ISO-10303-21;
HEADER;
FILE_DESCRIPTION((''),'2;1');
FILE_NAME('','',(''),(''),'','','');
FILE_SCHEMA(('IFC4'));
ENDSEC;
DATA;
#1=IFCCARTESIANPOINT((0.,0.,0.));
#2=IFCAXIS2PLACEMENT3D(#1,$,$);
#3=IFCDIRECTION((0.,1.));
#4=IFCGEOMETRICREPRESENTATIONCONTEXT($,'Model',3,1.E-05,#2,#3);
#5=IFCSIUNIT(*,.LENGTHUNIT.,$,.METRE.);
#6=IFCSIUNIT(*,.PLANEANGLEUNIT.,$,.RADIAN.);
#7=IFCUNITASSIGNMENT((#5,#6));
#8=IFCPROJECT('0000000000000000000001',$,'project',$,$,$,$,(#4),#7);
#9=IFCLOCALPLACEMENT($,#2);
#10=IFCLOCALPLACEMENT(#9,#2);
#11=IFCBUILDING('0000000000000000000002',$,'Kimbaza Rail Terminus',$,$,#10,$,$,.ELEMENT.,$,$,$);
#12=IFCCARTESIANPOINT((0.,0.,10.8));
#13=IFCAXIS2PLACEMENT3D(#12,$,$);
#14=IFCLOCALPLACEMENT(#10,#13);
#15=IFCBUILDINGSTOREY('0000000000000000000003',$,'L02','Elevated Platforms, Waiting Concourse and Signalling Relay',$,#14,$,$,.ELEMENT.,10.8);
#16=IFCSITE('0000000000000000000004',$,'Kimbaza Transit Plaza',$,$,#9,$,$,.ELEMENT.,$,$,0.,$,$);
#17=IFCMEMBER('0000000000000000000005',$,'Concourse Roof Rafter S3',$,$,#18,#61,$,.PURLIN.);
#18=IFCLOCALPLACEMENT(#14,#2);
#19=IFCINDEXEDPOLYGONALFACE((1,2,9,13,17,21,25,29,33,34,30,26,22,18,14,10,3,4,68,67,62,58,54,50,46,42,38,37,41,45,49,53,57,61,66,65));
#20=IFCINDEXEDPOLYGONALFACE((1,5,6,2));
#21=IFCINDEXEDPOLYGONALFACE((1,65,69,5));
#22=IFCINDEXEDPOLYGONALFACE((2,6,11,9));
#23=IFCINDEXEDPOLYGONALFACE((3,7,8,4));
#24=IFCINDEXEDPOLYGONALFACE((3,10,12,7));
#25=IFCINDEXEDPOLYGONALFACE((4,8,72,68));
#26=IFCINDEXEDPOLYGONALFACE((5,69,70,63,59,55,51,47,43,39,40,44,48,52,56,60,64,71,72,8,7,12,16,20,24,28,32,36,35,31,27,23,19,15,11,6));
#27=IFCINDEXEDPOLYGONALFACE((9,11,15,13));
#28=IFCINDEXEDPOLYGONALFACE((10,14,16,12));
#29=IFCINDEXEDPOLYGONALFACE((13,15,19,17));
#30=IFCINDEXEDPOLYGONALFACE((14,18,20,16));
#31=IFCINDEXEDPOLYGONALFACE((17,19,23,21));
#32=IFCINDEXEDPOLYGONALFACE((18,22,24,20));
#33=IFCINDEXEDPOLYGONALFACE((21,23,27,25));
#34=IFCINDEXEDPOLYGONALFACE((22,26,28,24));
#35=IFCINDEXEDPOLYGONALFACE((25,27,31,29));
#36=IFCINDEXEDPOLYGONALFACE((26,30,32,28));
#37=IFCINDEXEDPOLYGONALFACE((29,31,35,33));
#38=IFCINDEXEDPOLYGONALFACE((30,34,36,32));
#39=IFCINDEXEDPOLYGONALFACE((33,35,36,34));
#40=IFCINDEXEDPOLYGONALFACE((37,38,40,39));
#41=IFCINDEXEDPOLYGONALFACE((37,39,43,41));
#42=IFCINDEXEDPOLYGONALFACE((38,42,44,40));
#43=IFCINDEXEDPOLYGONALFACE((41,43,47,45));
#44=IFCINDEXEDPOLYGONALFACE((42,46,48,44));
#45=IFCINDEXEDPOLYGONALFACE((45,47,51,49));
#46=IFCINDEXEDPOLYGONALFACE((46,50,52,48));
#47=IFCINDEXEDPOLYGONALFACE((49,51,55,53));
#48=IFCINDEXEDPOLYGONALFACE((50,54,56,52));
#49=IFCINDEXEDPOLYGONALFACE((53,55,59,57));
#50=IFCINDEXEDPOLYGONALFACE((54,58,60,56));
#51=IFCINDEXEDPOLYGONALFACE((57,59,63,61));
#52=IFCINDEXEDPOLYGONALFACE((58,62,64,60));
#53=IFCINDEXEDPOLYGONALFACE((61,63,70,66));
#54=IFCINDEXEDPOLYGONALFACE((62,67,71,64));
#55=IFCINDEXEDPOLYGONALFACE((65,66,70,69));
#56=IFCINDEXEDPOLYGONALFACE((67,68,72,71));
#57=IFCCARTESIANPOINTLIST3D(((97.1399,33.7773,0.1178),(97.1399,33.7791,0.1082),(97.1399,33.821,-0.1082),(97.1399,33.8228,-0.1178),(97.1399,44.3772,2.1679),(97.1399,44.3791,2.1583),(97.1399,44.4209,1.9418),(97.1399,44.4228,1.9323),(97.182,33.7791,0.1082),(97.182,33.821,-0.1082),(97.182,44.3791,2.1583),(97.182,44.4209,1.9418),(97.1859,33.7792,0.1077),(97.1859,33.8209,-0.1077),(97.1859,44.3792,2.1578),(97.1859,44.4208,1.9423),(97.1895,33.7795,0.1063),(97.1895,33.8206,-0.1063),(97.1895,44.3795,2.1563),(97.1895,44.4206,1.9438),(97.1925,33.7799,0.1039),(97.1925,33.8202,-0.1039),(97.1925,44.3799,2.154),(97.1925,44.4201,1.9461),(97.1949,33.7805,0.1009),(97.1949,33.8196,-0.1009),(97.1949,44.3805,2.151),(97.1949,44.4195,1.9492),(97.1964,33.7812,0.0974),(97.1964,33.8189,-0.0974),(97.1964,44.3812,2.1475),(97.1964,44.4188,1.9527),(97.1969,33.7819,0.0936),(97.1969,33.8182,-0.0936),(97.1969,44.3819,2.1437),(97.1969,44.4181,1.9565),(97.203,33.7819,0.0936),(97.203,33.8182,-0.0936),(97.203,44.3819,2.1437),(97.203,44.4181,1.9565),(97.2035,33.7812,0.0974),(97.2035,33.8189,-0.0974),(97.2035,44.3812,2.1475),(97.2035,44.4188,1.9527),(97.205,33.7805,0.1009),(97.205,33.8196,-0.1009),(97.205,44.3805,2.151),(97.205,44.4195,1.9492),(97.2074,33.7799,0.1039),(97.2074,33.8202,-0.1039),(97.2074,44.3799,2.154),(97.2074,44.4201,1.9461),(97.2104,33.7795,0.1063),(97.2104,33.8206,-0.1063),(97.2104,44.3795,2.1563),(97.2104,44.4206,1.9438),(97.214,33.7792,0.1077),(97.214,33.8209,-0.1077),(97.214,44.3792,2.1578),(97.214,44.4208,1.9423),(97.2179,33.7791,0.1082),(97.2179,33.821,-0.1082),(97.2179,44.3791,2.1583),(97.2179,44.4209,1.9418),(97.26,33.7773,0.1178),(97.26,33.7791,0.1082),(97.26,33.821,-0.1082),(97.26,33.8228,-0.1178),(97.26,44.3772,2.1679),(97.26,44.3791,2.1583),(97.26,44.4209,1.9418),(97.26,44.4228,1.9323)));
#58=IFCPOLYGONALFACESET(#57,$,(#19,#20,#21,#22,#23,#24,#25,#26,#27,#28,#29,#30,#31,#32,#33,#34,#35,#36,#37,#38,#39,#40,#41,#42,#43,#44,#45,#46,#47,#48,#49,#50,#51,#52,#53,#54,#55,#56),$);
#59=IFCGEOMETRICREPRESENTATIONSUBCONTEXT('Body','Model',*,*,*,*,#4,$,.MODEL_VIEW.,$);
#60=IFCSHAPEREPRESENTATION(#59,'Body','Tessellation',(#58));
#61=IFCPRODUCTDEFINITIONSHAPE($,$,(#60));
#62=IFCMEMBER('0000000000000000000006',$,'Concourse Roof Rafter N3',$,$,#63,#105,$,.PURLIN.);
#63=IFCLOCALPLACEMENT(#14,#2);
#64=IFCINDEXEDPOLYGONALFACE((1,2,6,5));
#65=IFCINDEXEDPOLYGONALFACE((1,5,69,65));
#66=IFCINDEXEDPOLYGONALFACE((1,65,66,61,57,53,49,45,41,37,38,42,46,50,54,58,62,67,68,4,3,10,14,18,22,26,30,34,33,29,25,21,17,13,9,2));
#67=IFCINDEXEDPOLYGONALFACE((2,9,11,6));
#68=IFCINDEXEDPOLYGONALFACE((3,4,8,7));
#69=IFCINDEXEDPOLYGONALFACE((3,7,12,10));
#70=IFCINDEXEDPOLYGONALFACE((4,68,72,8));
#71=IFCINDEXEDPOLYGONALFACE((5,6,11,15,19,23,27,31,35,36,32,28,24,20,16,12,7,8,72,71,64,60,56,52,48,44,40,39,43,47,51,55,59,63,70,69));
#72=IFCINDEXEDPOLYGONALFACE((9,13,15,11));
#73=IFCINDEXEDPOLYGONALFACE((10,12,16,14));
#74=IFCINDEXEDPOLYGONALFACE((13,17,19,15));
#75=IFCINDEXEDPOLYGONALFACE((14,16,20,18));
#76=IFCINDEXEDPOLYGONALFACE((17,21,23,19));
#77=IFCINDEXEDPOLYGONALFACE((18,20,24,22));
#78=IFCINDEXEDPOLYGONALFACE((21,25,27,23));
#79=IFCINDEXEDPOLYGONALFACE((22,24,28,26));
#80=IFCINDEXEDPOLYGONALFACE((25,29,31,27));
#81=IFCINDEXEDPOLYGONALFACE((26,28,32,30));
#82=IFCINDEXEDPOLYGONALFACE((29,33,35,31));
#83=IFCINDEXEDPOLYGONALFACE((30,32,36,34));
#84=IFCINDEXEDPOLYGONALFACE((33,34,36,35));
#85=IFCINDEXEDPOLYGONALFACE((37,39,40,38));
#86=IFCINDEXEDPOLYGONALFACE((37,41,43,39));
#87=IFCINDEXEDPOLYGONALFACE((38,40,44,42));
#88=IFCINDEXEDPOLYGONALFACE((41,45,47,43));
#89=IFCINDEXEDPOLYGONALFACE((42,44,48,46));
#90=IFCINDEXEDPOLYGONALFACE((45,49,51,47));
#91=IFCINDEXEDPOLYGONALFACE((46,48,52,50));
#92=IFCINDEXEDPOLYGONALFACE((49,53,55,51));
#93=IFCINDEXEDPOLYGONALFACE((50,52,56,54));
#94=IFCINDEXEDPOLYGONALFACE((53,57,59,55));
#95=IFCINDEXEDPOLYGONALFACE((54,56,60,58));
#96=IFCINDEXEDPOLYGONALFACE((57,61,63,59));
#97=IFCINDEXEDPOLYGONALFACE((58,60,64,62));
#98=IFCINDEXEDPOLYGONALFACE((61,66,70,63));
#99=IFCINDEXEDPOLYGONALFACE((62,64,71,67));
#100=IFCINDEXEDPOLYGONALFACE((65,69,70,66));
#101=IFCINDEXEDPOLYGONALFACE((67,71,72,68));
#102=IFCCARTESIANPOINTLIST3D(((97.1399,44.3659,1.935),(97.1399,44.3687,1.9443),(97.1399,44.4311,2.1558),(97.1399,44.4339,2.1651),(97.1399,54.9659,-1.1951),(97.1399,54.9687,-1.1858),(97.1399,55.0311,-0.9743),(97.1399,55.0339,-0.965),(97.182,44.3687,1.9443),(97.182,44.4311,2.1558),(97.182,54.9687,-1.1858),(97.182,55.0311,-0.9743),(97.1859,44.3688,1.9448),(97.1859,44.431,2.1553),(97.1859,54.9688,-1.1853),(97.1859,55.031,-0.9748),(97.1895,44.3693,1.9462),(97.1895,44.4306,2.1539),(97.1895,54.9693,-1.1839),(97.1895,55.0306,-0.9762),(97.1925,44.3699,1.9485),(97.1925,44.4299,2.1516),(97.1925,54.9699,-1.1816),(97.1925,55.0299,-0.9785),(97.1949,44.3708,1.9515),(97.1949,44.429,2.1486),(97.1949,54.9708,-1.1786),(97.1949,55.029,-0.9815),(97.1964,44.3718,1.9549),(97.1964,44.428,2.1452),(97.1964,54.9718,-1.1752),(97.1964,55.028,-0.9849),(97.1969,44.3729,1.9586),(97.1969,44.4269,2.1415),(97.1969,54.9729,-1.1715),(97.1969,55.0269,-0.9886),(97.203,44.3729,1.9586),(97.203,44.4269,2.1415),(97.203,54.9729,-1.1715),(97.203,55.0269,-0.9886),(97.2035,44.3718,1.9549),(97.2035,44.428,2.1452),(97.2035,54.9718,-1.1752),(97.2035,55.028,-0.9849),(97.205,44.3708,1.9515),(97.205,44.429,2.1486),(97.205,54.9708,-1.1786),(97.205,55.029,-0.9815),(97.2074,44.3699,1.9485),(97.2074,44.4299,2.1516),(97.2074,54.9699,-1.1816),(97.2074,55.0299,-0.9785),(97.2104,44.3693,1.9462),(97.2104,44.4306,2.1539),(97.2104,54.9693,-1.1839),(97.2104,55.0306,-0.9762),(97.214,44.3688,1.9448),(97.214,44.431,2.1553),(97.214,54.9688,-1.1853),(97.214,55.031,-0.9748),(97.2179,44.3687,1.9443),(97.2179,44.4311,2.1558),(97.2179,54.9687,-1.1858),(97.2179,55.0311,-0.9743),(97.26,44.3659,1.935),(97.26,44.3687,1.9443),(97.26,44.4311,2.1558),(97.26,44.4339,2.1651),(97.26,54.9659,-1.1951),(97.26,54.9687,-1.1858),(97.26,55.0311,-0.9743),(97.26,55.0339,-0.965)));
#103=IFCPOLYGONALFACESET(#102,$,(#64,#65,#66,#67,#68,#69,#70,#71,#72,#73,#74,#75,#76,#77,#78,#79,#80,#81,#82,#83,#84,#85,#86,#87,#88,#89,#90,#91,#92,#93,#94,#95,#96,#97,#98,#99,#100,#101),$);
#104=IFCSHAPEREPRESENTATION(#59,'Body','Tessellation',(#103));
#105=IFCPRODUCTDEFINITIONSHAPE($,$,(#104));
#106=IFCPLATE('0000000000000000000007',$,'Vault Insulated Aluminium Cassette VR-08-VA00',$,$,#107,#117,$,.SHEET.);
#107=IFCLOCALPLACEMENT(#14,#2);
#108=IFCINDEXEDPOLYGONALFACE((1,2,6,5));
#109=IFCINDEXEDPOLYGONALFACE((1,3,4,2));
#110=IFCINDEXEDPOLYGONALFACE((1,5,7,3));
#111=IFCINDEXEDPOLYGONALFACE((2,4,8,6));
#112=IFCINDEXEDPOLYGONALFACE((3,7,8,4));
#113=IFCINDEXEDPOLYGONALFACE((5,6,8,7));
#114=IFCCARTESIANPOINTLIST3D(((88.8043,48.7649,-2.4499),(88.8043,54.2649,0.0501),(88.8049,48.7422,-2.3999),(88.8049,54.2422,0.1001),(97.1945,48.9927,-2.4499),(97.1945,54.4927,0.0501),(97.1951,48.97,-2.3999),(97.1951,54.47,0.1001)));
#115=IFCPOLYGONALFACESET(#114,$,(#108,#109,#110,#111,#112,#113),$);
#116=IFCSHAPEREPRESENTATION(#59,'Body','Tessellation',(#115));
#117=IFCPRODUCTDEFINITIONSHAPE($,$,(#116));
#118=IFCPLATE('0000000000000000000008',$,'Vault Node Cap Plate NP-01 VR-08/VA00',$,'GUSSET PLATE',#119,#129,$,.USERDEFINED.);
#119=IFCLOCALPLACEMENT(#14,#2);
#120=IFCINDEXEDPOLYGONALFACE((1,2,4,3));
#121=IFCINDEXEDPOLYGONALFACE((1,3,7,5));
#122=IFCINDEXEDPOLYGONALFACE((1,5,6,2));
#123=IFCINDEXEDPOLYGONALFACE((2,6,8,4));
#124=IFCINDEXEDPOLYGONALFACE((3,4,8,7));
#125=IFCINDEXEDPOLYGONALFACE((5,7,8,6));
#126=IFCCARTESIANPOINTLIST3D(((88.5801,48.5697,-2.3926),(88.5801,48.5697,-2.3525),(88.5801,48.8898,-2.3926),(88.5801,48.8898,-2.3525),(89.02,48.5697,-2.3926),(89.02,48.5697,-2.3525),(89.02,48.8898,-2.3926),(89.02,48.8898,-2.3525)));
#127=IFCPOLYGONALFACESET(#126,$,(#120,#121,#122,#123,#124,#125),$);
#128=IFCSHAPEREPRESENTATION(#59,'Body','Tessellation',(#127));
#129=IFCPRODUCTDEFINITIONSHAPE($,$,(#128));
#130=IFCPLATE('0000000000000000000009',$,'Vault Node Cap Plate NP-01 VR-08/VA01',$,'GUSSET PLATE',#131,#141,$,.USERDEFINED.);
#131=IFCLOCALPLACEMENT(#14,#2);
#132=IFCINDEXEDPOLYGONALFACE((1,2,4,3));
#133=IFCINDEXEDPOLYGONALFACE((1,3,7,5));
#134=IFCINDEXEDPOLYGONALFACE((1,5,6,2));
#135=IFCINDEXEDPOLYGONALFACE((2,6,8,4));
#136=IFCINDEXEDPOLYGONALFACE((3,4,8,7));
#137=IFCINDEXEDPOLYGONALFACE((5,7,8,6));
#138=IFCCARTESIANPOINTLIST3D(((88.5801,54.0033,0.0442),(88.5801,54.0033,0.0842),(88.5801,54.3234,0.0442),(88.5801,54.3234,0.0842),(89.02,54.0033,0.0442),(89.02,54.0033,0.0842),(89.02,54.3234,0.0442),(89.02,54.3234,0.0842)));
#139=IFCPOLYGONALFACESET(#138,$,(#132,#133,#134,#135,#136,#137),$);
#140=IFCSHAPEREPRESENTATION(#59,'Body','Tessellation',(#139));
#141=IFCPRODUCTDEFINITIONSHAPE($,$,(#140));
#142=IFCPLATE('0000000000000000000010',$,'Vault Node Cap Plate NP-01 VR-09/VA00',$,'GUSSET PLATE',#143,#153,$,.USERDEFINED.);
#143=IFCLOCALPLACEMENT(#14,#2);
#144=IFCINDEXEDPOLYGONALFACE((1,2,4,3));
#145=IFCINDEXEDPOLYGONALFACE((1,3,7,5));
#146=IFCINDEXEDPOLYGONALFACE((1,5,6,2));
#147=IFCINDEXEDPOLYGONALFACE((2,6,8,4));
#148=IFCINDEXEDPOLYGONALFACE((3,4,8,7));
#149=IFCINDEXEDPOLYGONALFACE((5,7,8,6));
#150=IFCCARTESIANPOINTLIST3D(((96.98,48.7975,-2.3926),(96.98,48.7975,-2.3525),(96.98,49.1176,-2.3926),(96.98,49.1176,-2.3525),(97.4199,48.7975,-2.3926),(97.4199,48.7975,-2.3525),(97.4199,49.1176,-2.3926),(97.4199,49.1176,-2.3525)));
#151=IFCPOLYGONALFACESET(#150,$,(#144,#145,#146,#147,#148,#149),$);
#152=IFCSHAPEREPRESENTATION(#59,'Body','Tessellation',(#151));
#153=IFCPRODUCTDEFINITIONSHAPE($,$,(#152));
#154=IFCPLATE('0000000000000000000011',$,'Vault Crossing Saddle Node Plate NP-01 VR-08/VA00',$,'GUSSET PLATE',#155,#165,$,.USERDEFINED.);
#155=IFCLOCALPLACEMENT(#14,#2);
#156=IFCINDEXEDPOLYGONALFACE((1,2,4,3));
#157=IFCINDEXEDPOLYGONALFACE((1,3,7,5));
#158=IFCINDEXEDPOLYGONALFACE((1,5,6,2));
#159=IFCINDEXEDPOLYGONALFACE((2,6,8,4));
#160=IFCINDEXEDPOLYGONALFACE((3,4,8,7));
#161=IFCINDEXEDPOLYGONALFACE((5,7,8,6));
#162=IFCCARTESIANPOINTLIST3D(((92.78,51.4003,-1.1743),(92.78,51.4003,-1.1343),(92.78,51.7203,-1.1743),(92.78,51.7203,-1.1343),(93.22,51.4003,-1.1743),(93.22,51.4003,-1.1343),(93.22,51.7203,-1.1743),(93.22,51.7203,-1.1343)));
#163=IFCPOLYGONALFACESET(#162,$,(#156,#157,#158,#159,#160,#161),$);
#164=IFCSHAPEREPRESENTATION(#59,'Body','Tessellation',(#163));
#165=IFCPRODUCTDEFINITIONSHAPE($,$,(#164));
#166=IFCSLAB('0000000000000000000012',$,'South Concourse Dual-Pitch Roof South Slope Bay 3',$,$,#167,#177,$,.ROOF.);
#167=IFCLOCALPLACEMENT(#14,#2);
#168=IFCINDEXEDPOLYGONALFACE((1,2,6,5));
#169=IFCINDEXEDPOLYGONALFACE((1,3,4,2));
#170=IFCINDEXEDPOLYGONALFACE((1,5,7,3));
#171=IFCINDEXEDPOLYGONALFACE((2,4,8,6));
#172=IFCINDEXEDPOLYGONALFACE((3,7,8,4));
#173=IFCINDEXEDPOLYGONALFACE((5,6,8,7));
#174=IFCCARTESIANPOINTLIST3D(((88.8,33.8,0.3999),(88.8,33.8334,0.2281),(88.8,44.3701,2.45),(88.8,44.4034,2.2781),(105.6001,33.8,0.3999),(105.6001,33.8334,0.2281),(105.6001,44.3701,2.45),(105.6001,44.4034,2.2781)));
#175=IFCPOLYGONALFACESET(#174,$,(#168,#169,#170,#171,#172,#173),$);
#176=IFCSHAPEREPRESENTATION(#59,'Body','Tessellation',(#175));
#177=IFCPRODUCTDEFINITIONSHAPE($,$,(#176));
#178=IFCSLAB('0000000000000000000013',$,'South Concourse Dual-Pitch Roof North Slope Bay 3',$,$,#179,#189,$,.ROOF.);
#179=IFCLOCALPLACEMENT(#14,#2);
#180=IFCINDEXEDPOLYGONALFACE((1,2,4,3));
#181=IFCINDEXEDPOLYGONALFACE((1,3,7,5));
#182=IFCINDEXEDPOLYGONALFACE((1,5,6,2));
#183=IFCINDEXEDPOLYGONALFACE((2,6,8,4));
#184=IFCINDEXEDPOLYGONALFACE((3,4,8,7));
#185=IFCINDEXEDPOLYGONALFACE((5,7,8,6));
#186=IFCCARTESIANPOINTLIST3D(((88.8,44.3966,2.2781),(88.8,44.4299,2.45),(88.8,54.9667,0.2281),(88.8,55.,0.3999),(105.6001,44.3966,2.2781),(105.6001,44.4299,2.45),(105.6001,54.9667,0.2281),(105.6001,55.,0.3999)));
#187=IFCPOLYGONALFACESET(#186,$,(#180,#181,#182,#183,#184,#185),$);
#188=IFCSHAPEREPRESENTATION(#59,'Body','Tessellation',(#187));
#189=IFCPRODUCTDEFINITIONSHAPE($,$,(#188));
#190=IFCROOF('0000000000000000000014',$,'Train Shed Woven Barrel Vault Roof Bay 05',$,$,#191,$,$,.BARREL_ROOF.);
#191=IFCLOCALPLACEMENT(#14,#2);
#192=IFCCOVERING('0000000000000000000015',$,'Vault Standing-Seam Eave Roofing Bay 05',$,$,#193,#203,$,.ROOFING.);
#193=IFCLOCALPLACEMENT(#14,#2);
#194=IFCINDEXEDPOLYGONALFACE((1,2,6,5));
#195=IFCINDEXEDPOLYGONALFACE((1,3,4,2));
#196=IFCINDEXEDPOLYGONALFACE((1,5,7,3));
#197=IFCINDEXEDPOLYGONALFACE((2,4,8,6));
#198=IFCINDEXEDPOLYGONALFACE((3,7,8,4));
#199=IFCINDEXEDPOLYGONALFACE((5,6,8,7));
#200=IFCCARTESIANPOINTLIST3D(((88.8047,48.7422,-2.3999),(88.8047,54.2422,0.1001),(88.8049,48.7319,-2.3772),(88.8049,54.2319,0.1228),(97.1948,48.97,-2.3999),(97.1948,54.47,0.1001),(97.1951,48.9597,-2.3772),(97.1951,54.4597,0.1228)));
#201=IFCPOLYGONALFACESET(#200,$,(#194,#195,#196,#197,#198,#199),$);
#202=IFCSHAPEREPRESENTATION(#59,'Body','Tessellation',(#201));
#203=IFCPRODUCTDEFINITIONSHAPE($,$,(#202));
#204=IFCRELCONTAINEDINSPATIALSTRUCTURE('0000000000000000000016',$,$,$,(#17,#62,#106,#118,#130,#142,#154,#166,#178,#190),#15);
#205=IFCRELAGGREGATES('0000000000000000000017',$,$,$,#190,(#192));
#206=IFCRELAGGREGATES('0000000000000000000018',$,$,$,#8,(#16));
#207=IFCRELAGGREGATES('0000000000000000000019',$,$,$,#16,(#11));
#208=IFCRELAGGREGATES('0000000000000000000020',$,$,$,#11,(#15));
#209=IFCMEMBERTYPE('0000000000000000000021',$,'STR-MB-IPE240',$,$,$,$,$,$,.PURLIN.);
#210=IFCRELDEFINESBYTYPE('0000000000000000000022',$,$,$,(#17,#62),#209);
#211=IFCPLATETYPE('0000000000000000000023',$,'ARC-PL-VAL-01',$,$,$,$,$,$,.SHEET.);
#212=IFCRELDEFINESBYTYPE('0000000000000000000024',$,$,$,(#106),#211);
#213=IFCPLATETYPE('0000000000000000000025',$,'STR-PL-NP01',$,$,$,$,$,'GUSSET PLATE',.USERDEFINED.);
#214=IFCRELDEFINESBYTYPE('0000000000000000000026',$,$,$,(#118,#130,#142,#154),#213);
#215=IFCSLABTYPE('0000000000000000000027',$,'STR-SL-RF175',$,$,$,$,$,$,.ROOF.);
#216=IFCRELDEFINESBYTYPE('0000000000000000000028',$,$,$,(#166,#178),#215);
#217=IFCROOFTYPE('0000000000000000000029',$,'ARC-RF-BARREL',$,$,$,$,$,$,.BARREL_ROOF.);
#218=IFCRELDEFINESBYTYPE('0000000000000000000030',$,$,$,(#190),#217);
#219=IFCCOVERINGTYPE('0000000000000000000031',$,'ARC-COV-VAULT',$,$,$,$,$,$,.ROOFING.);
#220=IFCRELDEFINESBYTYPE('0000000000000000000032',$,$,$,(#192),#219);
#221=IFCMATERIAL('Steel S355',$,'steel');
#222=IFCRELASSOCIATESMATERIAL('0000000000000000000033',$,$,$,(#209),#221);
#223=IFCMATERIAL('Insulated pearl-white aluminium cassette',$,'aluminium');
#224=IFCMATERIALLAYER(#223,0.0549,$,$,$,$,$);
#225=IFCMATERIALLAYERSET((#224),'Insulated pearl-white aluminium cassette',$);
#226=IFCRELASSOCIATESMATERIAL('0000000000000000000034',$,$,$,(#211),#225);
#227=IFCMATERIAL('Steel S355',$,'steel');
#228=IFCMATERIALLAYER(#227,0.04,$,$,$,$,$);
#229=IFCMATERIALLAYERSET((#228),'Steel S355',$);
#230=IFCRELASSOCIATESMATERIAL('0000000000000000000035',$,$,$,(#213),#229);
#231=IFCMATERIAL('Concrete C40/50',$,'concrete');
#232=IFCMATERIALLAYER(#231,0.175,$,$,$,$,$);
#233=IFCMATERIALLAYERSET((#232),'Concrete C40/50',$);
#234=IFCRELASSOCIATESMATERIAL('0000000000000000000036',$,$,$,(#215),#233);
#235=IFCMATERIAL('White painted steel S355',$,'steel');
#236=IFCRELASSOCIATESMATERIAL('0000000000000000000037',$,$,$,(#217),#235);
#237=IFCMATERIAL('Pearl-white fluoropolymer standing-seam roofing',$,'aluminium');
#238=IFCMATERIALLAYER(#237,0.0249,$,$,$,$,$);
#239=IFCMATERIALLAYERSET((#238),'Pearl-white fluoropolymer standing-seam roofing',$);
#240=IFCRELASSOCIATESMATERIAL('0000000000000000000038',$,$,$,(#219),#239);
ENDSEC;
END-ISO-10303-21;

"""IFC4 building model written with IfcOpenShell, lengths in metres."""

from ifc_helpers import new_model, si_unit, direction, frame, origin, origin_2d, place, context, subcontext, project, spatial, polyline, rectangle, i_section, outline, extrude, material, layer, layer_set, material_profile, profile_set, type_object, element, aggregate, save


model = new_model("IFC4")

# Units and contexts
model_context = context("Model", 3, precision=1e-05, world=origin(), true_north=direction((0.0, 1.0)))
body_context = subcontext(model_context, "Body", "Model", "MODEL_VIEW")
ifc_project = project(units=[si_unit("LENGTHUNIT", "METRE"), si_unit("PLANEANGLEUNIT", "RADIAN")], contexts=[model_context])

# Site, building, storey
site_placement = place(None, origin())
site = spatial("IfcSite", under=ifc_project, at=site_placement, Name="Kimbaza Transit Plaza", CompositionType="ELEMENT", RefElevation=0.0)
building_placement = place(site_placement, origin())
building = spatial("IfcBuilding", under=site, at=building_placement, Name="Kimbaza Rail Terminus", CompositionType="ELEMENT")
storey_placement = place(building_placement, frame((0.0, 0.0, 10.8)))
storey = spatial("IfcBuildingStorey", under=building, at=storey_placement, Name="L02", Description="Elevated Platforms, Waiting Concourse and Signalling Relay", CompositionType="ELEMENT", Elevation=10.8)

# Members
ifc_material_1 = material(Name="Steel S355", Category="steel")
ifc_material_profile_1 = material_profile(ifc_material_1, i_section(OverallWidth=0.1201, OverallDepth=0.24, WebThickness=0.0061, FlangeThickness=0.0098, FilletRadius=0.0149, at=origin_2d()), Name="IPE 240")
ifc_profile_set_1 = profile_set([ifc_material_profile_1], Name="Steel S355")
member_type_1 = type_object("IfcMemberType", Name="STR-MB-IPE240", PredefinedType="PURLIN", material=ifc_profile_set_1)
member_1_placement = place(storey_placement, frame((97.2, 33.8, 0.0), z_axis=(0.0, 0.981806, 0.189885), x_axis=(-1.0, 0.0, 0.0)))
element("IfcMember", 1, at=member_1_placement, inside=storey, type_object=member_type_1, Name="Concourse Roof Rafter S3", PredefinedType="PURLIN", context=body_context, shape_type="SweptSolid", body=[
    extrude(i_section(OverallWidth=0.1201, OverallDepth=0.24, WebThickness=0.0061, FlangeThickness=0.0098, FilletRadius=0.0149, at=origin_2d()), origin(), (0.0, 0.0, 1.0), 10.7964),
])
member_2_placement = place(storey_placement, frame((97.2, 44.3999, 2.05), z_axis=(0.0, 0.95906, -0.283203), x_axis=(-1.0, 0.0, 0.0)))
element("IfcMember", 2, at=member_2_placement, inside=storey, type_object=member_type_1, Name="Concourse Roof Rafter N3", PredefinedType="PURLIN", context=body_context, shape_type="SweptSolid", body=[
    extrude(i_section(OverallWidth=0.1201, OverallDepth=0.24, WebThickness=0.0061, FlangeThickness=0.0098, FilletRadius=0.0149, at=origin_2d()), origin(), (0.0, 0.0, 1.0), 11.0525),
])

# Plates
ifc_material_2 = material(Name="Insulated pearl-white aluminium cassette", Category="aluminium")
ifc_layer_1 = layer(ifc_material_2, 0.0549)
ifc_layer_set_1 = layer_set([ifc_layer_1], Name="Insulated pearl-white aluminium cassette")
plate_type_1 = type_object("IfcPlateType", Name="ARC-PL-VAL-01", PredefinedType="SHEET", material=ifc_layer_set_1)
plate_placement = place(storey_placement, frame((88.8049, 48.7422, -2.3999), z_axis=(0.011234, -0.413777, 0.910309), x_axis=(0.999632, 0.027139, 0.0)))
element("IfcPlate", 3, at=plate_placement, inside=storey, type_object=plate_type_1, Name="Vault Insulated Aluminium Cassette VR-08-VA00", PredefinedType="SHEET", context=body_context, shape_type="SweptSolid", body=[
    extrude(outline(polyline([(0.0, 0.0), (8.3932, 0.0), (8.5425, 6.0397), (0.1493, 6.0397), (0.0, 0.0)])), origin(), (0.0, 0.0, -1.0), 0.0549),
])
ifc_material_3 = material(Name="Steel S355", Category="steel")
ifc_layer_2 = layer(ifc_material_3, 0.04)
ifc_layer_set_2 = layer_set([ifc_layer_2], Name="Steel S355")
plate_type_2 = type_object("IfcPlateType", Name="STR-PL-NP01", ElementType="GUSSET PLATE", PredefinedType="USERDEFINED", material=ifc_layer_set_2)
for number, where, z_axis, x_axis, name in (
    (4, (88.8, 48.7297, -2.3926), (0.0, 0.0, 1.0), (1.0, 0.0, 0.0), "Vault Node Cap Plate NP-01 VR-08/VA00"),
    (5, (88.8, 54.1633, 0.0442), (0.0, 0.0, 1.0), (1.0, 0.0, 0.0), "Vault Node Cap Plate NP-01 VR-08/VA01"),
    (6, (97.2, 48.9575, -2.3926), (0.0, 0.0, 1.0), (1.0, 0.0, 0.0), "Vault Node Cap Plate NP-01 VR-09/VA00"),
    (7, (93.0, 51.5603, -1.1743), (0.0, 0.0, 1.0), (1.0, 0.0, 0.0), "Vault Crossing Saddle Node Plate NP-01 VR-08/VA00"),
):
    element("IfcPlate", number, at=place(storey_placement, frame(where, z_axis=z_axis, x_axis=x_axis)), inside=storey, type_object=plate_type_2, Name=name, ObjectType="GUSSET PLATE", PredefinedType="USERDEFINED", context=body_context, shape_type="SweptSolid", body=[
        extrude(rectangle(XDim=0.4399, YDim=0.3201, at=origin_2d()), origin(), (0.0, 0.0, 1.0), 0.04),
    ])

# Slabs
ifc_material_4 = material(Name="Concrete C40/50", Category="concrete")
ifc_layer_3 = layer(ifc_material_4, 0.175)
ifc_layer_set_3 = layer_set([ifc_layer_3], Name="Concrete C40/50")
slab_type = type_object("IfcSlabType", Name="STR-SL-RF175", PredefinedType="ROOF", material=ifc_layer_set_3)
for number, where, z_axis, x_axis, name in (
    (8, (88.8, 33.8, 0.3999), (0.0, -0.1904, 0.981706), (1.0, 0.0, 0.0), "South Concourse Dual-Pitch Roof South Slope Bay 3"),
    (9, (88.8, 44.4299, 2.45), (0.0, 0.1904, 0.981706), (1.0, 0.0, 0.0), "South Concourse Dual-Pitch Roof North Slope Bay 3"),
):
    element("IfcSlab", number, at=place(storey_placement, frame(where, z_axis=z_axis, x_axis=x_axis)), inside=storey, type_object=slab_type, Name=name, PredefinedType="ROOF", context=body_context, shape_type="SweptSolid", body=[
        extrude(outline(polyline([(0.0, 0.0), (16.8, 0.0), (16.8, 10.767), (0.0, 10.767), (0.0, 0.0)])), origin(), (0.0, 0.0, -1.0), 0.175),
    ])

# Roof, covering
ifc_material_5 = material(Name="White painted steel S355", Category="steel")
roof_type = type_object("IfcRoofType", Name="ARC-RF-BARREL", PredefinedType="BARREL_ROOF", material=ifc_material_5)
roof_placement = place(storey_placement, origin())
roof = element("IfcRoof", 10, at=roof_placement, inside=storey, type_object=roof_type, Name="Train Shed Woven Barrel Vault Roof Bay 05", PredefinedType="BARREL_ROOF")
ifc_material_6 = material(Name="Pearl-white fluoropolymer standing-seam roofing", Category="aluminium")
ifc_layer_4 = layer(ifc_material_6, 0.0249)
ifc_layer_set_4 = layer_set([ifc_layer_4], Name="Pearl-white fluoropolymer standing-seam roofing")
covering_type = type_object("IfcCoveringType", Name="ARC-COV-VAULT", PredefinedType="ROOFING", material=ifc_layer_set_4)
covering_placement = place(storey_placement, frame((88.8049, 48.7319, -2.3772), z_axis=(0.011234, -0.413777, 0.910309), x_axis=(0.999632, 0.027139, 0.0)))
covering = element("IfcCovering", 11, at=covering_placement, type_object=covering_type, Name="Vault Standing-Seam Eave Roofing Bay 05", PredefinedType="ROOFING", context=body_context, shape_type="SweptSolid", body=[
    extrude(outline(polyline([(0.0, 0.0), (8.3932, 0.0), (8.5425, 6.0397), (0.1493, 6.0397), (0.0, 0.0)])), origin(), (0.0, 0.0, -1.0), 0.0249),
])
aggregate(roof, [covering])

save(model, "model.ifc")
